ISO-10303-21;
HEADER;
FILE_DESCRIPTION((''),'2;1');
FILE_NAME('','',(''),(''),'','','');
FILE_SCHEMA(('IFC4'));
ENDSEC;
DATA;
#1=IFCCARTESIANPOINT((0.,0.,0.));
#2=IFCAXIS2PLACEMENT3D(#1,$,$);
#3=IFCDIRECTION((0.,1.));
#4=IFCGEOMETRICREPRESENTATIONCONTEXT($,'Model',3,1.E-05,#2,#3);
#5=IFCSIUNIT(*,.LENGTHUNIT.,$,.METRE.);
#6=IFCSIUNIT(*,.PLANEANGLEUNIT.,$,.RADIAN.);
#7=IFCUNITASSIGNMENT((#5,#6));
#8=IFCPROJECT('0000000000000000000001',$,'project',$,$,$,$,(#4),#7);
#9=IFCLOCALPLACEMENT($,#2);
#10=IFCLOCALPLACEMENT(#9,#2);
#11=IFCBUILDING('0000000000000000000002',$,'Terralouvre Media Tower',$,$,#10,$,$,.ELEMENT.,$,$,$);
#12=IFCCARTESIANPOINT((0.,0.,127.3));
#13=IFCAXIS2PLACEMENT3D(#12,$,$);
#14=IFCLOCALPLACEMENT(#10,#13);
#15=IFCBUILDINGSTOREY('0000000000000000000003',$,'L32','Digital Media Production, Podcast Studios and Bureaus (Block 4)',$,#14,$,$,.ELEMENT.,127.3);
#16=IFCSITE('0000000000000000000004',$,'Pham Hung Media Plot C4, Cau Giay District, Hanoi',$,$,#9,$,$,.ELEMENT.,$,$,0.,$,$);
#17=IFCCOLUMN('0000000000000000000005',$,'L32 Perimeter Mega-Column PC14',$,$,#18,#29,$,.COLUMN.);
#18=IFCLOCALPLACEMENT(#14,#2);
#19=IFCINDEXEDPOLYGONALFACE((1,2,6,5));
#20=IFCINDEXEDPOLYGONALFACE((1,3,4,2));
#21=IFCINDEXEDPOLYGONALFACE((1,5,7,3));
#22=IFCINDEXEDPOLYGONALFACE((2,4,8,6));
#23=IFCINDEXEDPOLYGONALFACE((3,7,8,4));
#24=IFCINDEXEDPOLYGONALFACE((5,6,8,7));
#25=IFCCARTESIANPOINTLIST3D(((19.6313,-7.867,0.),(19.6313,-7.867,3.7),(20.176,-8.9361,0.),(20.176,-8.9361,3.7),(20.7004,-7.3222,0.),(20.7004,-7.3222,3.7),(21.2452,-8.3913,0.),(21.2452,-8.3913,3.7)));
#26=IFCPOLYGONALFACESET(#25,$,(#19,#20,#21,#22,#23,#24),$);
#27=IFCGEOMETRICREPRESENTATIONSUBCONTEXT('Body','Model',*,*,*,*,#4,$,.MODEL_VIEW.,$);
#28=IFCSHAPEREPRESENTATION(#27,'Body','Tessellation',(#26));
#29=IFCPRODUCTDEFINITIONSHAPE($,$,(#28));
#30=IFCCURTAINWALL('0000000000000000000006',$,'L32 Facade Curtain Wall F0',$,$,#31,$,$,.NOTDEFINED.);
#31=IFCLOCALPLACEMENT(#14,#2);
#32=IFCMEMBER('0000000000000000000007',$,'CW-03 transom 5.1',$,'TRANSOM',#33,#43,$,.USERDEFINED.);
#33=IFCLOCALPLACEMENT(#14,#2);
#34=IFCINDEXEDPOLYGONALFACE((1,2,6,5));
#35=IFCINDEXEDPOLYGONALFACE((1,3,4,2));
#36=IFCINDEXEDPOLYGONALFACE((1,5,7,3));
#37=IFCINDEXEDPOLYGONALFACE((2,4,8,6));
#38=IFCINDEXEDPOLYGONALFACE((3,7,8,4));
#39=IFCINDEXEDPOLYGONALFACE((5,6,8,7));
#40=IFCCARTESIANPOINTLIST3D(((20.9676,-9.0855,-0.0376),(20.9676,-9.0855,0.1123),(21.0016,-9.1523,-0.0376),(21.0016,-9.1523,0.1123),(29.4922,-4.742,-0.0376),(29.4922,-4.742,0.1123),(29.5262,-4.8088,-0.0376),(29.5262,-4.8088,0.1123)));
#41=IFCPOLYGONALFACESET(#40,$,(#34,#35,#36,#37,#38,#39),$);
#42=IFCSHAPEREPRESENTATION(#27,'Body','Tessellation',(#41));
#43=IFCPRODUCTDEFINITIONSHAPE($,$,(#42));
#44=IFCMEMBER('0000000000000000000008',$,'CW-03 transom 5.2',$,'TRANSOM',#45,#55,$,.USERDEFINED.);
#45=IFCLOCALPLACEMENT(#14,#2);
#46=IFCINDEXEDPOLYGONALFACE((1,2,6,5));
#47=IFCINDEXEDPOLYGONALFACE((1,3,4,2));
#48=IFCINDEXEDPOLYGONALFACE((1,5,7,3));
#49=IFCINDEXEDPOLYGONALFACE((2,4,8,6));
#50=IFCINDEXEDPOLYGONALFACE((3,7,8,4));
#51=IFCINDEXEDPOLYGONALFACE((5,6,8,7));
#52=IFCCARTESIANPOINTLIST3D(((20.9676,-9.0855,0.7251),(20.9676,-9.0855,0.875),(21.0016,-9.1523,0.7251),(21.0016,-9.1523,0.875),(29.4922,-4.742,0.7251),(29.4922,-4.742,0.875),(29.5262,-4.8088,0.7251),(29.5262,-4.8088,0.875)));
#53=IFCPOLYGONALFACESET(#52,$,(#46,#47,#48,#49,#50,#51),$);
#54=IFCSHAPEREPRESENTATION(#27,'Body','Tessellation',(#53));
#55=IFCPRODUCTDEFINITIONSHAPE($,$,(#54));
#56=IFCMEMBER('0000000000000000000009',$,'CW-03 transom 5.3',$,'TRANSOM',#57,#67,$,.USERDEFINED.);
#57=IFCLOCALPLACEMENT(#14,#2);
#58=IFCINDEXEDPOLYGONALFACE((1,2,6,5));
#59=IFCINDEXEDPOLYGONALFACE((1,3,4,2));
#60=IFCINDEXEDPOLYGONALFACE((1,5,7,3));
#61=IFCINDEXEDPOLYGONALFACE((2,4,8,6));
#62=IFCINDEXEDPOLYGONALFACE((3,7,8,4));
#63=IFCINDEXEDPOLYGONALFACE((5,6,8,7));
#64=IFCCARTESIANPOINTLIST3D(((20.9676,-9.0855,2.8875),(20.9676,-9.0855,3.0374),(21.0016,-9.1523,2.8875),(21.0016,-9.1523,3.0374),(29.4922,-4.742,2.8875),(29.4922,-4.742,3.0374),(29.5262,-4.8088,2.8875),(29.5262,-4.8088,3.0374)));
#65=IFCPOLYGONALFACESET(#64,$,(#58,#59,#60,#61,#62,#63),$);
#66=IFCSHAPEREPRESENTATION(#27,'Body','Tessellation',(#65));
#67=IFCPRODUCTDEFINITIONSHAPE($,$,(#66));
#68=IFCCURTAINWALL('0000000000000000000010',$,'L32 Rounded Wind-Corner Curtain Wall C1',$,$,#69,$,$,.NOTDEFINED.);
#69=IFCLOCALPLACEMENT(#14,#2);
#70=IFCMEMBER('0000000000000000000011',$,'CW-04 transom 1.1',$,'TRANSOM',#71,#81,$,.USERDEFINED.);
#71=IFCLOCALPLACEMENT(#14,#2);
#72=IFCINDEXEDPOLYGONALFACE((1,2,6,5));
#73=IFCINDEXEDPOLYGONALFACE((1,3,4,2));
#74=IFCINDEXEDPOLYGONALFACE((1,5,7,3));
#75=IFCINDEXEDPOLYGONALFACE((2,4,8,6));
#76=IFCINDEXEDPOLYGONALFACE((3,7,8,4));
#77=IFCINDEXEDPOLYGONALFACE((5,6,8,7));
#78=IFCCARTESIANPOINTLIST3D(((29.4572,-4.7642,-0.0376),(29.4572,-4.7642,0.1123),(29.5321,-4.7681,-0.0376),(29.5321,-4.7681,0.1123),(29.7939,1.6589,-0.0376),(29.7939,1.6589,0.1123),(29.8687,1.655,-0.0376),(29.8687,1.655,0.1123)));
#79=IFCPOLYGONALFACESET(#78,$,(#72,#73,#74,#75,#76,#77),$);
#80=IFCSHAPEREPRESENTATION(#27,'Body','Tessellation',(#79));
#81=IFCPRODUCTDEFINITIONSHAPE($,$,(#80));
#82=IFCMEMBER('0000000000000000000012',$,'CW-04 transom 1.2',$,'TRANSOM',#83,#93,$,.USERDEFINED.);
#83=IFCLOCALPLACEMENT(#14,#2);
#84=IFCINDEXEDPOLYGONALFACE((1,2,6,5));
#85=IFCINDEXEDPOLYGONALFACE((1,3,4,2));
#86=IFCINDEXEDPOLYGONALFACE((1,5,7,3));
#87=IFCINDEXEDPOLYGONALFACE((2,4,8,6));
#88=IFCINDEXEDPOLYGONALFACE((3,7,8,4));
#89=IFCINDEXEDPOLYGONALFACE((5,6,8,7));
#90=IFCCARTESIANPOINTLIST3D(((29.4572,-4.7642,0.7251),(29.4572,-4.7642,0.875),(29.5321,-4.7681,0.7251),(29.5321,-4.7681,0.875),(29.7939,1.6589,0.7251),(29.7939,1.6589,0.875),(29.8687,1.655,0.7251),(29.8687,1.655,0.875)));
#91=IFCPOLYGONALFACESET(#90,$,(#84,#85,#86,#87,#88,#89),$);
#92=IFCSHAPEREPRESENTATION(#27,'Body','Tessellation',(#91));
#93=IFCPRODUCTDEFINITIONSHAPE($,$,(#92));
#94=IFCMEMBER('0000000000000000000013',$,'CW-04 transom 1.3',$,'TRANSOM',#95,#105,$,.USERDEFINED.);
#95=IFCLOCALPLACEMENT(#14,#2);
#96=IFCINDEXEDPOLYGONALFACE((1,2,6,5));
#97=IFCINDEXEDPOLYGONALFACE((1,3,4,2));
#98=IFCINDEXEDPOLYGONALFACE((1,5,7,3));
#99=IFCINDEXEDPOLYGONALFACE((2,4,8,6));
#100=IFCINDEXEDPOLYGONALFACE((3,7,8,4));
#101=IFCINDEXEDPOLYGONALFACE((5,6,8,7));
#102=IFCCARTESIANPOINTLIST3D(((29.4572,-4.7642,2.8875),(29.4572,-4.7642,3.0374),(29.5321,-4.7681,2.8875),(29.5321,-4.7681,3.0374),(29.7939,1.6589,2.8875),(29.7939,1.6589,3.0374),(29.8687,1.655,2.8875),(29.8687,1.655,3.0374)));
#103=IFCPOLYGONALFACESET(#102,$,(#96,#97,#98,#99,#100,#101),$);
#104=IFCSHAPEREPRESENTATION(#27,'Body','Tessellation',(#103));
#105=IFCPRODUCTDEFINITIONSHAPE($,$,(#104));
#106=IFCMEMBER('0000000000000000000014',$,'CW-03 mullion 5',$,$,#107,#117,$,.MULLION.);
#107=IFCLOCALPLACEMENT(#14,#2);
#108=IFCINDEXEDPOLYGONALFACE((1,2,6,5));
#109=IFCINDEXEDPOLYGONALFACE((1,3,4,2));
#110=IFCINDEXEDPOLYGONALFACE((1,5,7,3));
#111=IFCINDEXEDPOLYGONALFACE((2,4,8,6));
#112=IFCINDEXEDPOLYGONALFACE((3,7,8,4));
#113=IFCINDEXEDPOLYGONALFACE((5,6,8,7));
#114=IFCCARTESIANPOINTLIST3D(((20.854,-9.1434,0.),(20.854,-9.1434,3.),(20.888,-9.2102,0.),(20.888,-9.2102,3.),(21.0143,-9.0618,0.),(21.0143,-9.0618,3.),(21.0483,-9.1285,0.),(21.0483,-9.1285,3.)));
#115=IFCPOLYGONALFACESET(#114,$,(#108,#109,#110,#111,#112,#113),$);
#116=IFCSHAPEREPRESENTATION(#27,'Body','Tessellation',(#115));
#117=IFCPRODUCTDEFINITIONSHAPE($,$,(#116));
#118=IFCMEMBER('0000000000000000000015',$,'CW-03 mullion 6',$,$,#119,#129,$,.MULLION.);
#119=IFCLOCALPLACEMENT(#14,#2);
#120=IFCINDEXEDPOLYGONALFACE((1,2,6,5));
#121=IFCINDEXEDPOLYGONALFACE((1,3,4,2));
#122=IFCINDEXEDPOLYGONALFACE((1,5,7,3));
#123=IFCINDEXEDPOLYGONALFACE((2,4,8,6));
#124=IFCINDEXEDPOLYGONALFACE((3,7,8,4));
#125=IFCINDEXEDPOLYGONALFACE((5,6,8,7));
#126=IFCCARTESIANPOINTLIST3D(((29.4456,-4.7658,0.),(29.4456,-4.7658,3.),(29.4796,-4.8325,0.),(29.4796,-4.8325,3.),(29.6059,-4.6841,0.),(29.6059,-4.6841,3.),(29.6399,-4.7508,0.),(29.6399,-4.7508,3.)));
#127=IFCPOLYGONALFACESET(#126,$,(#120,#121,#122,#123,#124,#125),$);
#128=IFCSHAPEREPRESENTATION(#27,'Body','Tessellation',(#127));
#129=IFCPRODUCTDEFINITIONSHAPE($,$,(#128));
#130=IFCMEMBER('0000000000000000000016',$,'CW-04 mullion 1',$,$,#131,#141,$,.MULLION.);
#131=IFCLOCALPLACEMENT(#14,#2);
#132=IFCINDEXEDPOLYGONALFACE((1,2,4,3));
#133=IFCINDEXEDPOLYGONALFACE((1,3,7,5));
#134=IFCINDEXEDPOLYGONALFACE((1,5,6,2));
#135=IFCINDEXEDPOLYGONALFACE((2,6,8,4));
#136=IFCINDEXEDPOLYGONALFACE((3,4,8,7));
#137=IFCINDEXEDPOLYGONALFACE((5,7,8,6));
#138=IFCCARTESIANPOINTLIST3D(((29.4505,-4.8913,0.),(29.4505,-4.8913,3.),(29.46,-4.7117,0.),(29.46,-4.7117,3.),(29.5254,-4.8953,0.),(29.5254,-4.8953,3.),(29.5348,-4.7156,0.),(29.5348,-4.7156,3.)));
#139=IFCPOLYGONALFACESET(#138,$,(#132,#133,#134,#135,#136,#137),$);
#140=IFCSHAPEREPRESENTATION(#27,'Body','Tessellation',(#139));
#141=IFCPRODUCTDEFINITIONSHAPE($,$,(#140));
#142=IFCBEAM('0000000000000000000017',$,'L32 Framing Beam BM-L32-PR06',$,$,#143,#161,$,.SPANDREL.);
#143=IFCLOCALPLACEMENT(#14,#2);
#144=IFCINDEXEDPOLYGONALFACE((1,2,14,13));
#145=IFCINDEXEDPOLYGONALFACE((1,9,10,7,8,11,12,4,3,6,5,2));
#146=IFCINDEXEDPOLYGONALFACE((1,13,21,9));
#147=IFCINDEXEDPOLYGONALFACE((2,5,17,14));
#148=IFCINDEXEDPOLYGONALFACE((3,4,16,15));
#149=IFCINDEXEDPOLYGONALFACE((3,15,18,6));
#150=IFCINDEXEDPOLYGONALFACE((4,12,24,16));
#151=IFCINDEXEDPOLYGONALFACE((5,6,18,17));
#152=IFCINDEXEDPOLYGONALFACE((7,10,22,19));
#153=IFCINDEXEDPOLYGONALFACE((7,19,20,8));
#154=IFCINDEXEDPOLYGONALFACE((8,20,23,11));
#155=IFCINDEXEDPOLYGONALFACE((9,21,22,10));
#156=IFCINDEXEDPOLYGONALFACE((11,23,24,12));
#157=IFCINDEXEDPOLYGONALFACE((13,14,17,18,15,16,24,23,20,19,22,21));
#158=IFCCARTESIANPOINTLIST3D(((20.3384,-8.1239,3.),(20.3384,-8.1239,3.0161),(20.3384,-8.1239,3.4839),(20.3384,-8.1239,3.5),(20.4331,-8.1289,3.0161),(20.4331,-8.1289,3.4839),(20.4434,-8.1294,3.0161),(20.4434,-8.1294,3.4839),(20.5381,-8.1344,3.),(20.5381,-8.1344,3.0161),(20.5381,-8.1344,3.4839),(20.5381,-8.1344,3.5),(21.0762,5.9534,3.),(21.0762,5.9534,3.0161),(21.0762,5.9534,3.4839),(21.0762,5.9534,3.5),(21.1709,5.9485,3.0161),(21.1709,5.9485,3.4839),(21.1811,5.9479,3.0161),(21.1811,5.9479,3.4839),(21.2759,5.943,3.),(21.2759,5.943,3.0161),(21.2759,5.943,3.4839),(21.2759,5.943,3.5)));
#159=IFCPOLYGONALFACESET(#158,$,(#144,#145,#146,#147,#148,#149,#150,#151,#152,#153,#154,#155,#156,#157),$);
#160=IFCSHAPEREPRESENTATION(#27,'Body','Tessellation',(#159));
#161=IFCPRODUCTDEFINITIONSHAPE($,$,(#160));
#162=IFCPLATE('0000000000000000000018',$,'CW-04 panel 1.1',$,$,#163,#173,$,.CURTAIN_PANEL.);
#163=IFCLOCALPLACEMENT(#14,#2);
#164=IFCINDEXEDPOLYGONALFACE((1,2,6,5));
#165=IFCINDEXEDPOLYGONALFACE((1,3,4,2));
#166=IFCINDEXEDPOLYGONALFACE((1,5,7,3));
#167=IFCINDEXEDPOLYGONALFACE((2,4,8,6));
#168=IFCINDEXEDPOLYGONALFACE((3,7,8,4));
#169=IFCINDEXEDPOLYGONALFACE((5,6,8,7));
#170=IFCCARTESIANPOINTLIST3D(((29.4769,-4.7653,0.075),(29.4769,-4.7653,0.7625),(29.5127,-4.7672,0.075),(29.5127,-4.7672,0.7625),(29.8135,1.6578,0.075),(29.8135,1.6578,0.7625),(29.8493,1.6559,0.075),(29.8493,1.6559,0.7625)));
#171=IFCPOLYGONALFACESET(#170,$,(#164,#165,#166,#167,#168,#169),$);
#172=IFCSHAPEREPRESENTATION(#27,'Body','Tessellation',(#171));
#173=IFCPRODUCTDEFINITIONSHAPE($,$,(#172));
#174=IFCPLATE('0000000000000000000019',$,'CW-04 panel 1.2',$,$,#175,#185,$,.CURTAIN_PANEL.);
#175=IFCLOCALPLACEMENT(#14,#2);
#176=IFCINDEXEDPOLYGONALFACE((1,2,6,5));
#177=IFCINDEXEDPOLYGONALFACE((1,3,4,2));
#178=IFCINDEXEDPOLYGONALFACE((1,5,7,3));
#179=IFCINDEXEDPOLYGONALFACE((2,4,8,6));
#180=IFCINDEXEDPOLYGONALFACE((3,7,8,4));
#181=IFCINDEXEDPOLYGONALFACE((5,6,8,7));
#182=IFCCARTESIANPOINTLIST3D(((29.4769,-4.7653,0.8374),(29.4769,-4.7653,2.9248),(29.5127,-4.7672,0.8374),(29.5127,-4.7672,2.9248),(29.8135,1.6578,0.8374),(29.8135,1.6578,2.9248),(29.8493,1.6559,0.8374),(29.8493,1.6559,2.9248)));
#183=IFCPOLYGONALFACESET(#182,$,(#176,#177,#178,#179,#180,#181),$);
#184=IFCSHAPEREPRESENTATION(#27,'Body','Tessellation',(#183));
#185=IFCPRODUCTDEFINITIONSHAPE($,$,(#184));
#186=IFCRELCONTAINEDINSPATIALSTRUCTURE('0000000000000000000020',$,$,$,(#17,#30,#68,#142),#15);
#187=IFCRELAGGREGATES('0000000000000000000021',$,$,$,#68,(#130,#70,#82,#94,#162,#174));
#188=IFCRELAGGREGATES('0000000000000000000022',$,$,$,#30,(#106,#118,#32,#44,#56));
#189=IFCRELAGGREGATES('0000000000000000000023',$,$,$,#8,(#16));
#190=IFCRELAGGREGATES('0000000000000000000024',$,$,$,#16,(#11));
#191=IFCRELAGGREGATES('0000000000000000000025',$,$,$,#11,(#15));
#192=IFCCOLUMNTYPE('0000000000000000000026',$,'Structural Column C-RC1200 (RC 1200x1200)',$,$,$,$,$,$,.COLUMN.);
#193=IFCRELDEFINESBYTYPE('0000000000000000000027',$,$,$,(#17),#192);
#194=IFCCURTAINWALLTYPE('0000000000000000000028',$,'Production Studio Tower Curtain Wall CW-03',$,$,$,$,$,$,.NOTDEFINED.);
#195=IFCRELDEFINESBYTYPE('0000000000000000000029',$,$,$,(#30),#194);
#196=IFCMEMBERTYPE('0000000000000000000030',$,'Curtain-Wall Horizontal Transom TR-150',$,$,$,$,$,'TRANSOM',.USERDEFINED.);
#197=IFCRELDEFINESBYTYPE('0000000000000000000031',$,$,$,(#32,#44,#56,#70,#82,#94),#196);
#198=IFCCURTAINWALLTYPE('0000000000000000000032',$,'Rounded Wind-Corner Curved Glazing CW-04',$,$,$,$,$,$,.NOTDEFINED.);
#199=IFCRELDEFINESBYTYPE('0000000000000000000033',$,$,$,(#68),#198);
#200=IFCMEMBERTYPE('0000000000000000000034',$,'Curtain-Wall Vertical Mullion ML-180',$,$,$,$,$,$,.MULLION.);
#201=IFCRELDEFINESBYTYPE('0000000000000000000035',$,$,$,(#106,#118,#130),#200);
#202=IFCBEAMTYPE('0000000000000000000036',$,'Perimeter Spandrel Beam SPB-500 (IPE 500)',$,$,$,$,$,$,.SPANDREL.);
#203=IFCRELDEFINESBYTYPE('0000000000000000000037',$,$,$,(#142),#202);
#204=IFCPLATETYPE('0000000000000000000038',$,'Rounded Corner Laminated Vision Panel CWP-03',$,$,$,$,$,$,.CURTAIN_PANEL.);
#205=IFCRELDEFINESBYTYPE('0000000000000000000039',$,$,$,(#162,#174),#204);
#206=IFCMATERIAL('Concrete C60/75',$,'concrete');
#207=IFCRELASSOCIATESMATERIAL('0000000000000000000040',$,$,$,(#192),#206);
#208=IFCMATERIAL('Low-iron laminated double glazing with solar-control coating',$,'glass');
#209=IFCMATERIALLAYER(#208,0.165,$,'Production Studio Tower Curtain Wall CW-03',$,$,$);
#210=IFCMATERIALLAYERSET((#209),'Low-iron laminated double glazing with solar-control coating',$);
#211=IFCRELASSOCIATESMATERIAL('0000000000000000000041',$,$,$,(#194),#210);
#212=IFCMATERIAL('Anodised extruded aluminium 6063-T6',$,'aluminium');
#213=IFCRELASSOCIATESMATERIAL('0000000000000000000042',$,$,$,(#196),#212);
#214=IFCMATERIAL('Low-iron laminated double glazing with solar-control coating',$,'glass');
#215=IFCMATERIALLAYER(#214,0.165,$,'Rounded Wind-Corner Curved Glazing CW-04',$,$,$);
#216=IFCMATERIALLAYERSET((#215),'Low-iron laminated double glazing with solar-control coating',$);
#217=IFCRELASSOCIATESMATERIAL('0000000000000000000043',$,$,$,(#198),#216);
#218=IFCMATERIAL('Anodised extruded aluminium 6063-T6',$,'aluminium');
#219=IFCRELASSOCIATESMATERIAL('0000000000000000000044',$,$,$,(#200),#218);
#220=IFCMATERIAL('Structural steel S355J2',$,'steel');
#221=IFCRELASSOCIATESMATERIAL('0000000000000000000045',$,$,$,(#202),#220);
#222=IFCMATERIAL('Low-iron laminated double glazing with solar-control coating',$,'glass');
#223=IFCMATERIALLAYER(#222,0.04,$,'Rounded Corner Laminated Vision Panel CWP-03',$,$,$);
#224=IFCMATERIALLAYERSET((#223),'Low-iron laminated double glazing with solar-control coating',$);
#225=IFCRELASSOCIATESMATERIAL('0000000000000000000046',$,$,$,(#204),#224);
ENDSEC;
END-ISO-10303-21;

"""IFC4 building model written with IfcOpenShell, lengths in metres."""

from ifc_helpers import new_model, si_unit, direction, frame, origin, origin_2d, place, context, subcontext, project, spatial, rectangle, i_section, extrude, material, layer, layer_set, material_profile, profile_set, type_object, element, aggregate, save


model = new_model("IFC4")

# Units and contexts
model_context = context("Model", 3, precision=1e-05, world=origin(), true_north=direction((0.0, 1.0)))
body_context = subcontext(model_context, "Body", "Model", "MODEL_VIEW")
ifc_project = project(units=[si_unit("LENGTHUNIT", "METRE"), si_unit("PLANEANGLEUNIT", "RADIAN")], contexts=[model_context])

# Site, building, storey
site_placement = place(None, origin())
site = spatial("IfcSite", under=ifc_project, at=site_placement, Name="Pham Hung Media Plot C4, Cau Giay District, Hanoi", CompositionType="ELEMENT", RefElevation=0.0)
building_placement = place(site_placement, origin())
building = spatial("IfcBuilding", under=site, at=building_placement, Name="Terralouvre Media Tower", CompositionType="ELEMENT")
storey_placement = place(building_placement, frame((0.0, 0.0, 127.3)))
storey = spatial("IfcBuildingStorey", under=building, at=storey_placement, Name="L32", Description="Digital Media Production, Podcast Studios and Bureaus (Block 4)", CompositionType="ELEMENT", Elevation=127.3)

# Column
ifc_material_1 = material(Name="Concrete C60/75", Category="concrete")
ifc_material_profile_1 = material_profile(ifc_material_1, rectangle(XDim=1.2, YDim=1.2, at=origin_2d()), Name="RC 1200x1200")
ifc_profile_set_1 = profile_set([ifc_material_profile_1], Name="Concrete C60/75")
column_type = type_object("IfcColumnType", Name="Structural Column C-RC1200 (RC 1200x1200)", PredefinedType="COLUMN", material=ifc_profile_set_1)
column_placement = place(storey_placement, frame((20.4382, -8.1292, 0.0), z_axis=(0.0, 0.0, 1.0), x_axis=(0.891007, 0.45399, 0.0)))
element("IfcColumn", 1, at=column_placement, inside=storey, type_object=column_type, Name="L32 Perimeter Mega-Column PC14", PredefinedType="COLUMN", context=body_context, shape_type="SweptSolid", body=[
    extrude(rectangle(XDim=1.2, YDim=1.2, at=origin_2d()), origin(), (0.0, 0.0, 1.0), 3.7),
])

# Curtain walls, members
ifc_material_2 = material(Name="Low-iron laminated double glazing with solar-control coating", Category="glass")
ifc_layer_1 = layer(ifc_material_2, 0.165, Name="Production Studio Tower Curtain Wall CW-03")
ifc_layer_set_1 = layer_set([ifc_layer_1], Name="Low-iron laminated double glazing with solar-control coating")
curtain_wall_type_1 = type_object("IfcCurtainWallType", Name="Production Studio Tower Curtain Wall CW-03", PredefinedType="NOTDEFINED", material=ifc_layer_set_1)
curtain_wall_1_placement = place(storey_placement, origin())
curtain_wall_1 = element("IfcCurtainWall", 2, at=curtain_wall_1_placement, inside=storey, type_object=curtain_wall_type_1, Name="L32 Facade Curtain Wall F0", PredefinedType="NOTDEFINED")
ifc_material_3 = material(Name="Anodised extruded aluminium 6063-T6", Category="aluminium")
ifc_material_profile_2 = material_profile(ifc_material_3, rectangle(XDim=0.075, YDim=0.1499, at=origin_2d()), Name="ALU 75x150")
ifc_profile_set_2 = profile_set([ifc_material_profile_2], Name="Anodised extruded aluminium 6063-T6")
member_type_1 = type_object("IfcMemberType", Name="Curtain-Wall Horizontal Transom TR-150", ElementType="TRANSOM", PredefinedType="USERDEFINED", material=ifc_profile_set_2)
member_1_placement = place(storey_placement, frame((20.9846, -9.1189, 0.0374), z_axis=(0.891008, 0.453988, 0.0), x_axis=(-0.453988, 0.891008, 0.0)))
member_1 = element("IfcMember", 3, at=member_1_placement, type_object=member_type_1, Name="CW-03 transom 5.1", ObjectType="TRANSOM", PredefinedType="USERDEFINED", context=body_context, shape_type="SweptSolid", body=[
    extrude(rectangle(XDim=0.075, YDim=0.1499, at=origin_2d()), origin(), (0.0, 0.0, 1.0), 9.5674),
])
member_2_placement = place(storey_placement, frame((20.9846, -9.1189, 0.8), z_axis=(0.891008, 0.453988, 0.0), x_axis=(-0.453988, 0.891008, 0.0)))
member_2 = element("IfcMember", 4, at=member_2_placement, type_object=member_type_1, Name="CW-03 transom 5.2", ObjectType="TRANSOM", PredefinedType="USERDEFINED", context=body_context, shape_type="SweptSolid", body=[
    extrude(rectangle(XDim=0.075, YDim=0.1499, at=origin_2d()), origin(), (0.0, 0.0, 1.0), 9.5674),
])
member_3_placement = place(storey_placement, frame((20.9846, -9.1189, 2.9624), z_axis=(0.891008, 0.453988, 0.0), x_axis=(-0.453988, 0.891008, 0.0)))
member_3 = element("IfcMember", 5, at=member_3_placement, type_object=member_type_1, Name="CW-03 transom 5.3", ObjectType="TRANSOM", PredefinedType="USERDEFINED", context=body_context, shape_type="SweptSolid", body=[
    extrude(rectangle(XDim=0.075, YDim=0.1499, at=origin_2d()), origin(), (0.0, 0.0, 1.0), 9.5674),
])
ifc_material_4 = material(Name="Low-iron laminated double glazing with solar-control coating", Category="glass")
ifc_layer_2 = layer(ifc_material_4, 0.165, Name="Rounded Wind-Corner Curved Glazing CW-04")
ifc_layer_set_2 = layer_set([ifc_layer_2], Name="Low-iron laminated double glazing with solar-control coating")
curtain_wall_type_2 = type_object("IfcCurtainWallType", Name="Rounded Wind-Corner Curved Glazing CW-04", PredefinedType="NOTDEFINED", material=ifc_layer_set_2)
curtain_wall_2_placement = place(storey_placement, origin())
curtain_wall_2 = element("IfcCurtainWall", 6, at=curtain_wall_2_placement, inside=storey, type_object=curtain_wall_type_2, Name="L32 Rounded Wind-Corner Curtain Wall C1", PredefinedType="NOTDEFINED")
member_4_placement = place(storey_placement, frame((29.4946, -4.7661, 0.0374), z_axis=(0.052344, 0.998629, 0.0), x_axis=(-0.998629, 0.052344, 0.0)))
member_4 = element("IfcMember", 7, at=member_4_placement, type_object=member_type_1, Name="CW-04 transom 1.1", ObjectType="TRANSOM", PredefinedType="USERDEFINED", context=body_context, shape_type="SweptSolid", body=[
    extrude(rectangle(XDim=0.075, YDim=0.1499, at=origin_2d()), origin(), (0.0, 0.0, 1.0), 6.4319),
])
member_5_placement = place(storey_placement, frame((29.4946, -4.7661, 0.8), z_axis=(0.052344, 0.998629, 0.0), x_axis=(-0.998629, 0.052344, 0.0)))
member_5 = element("IfcMember", 8, at=member_5_placement, type_object=member_type_1, Name="CW-04 transom 1.2", ObjectType="TRANSOM", PredefinedType="USERDEFINED", context=body_context, shape_type="SweptSolid", body=[
    extrude(rectangle(XDim=0.075, YDim=0.1499, at=origin_2d()), origin(), (0.0, 0.0, 1.0), 6.4319),
])
member_6_placement = place(storey_placement, frame((29.4946, -4.7661, 2.9624), z_axis=(0.052344, 0.998629, 0.0), x_axis=(-0.998629, 0.052344, 0.0)))
member_6 = element("IfcMember", 9, at=member_6_placement, type_object=member_type_1, Name="CW-04 transom 1.3", ObjectType="TRANSOM", PredefinedType="USERDEFINED", context=body_context, shape_type="SweptSolid", body=[
    extrude(rectangle(XDim=0.075, YDim=0.1499, at=origin_2d()), origin(), (0.0, 0.0, 1.0), 6.4319),
])

# Members
ifc_material_5 = material(Name="Anodised extruded aluminium 6063-T6", Category="aluminium")
ifc_material_profile_3 = material_profile(ifc_material_5, rectangle(XDim=0.075, YDim=0.1799, at=origin_2d()), Name="ALU 75x180")
ifc_profile_set_3 = profile_set([ifc_material_profile_3], Name="Anodised extruded aluminium 6063-T6")
member_type_2 = type_object("IfcMemberType", Name="Curtain-Wall Vertical Mullion ML-180", PredefinedType="MULLION", material=ifc_profile_set_3)
member_7_placement = place(storey_placement, frame((20.9512, -9.136, 0.0), z_axis=(0.0, 0.0, 1.0), x_axis=(-0.453991, 0.891007, 0.0)))
member_7 = element("IfcMember", 10, at=member_7_placement, type_object=member_type_2, Name="CW-03 mullion 5", PredefinedType="MULLION", context=body_context, shape_type="SweptSolid", body=[
    extrude(rectangle(XDim=0.075, YDim=0.1799, at=origin_2d()), origin(), (0.0, 0.0, 1.0), 3.0),
])
member_8_placement = place(storey_placement, frame((29.5427, -4.7583, 0.0), z_axis=(0.0, 0.0, 1.0), x_axis=(-0.453991, 0.891007, 0.0)))
member_8 = element("IfcMember", 11, at=member_8_placement, type_object=member_type_2, Name="CW-03 mullion 6", PredefinedType="MULLION", context=body_context, shape_type="SweptSolid", body=[
    extrude(rectangle(XDim=0.075, YDim=0.1799, at=origin_2d()), origin(), (0.0, 0.0, 1.0), 3.0),
])
member_9_placement = place(storey_placement, frame((29.4927, -4.8035, 0.0), z_axis=(0.0, 0.0, 1.0), x_axis=(-0.998629, 0.052337, 0.0)))
member_9 = element("IfcMember", 12, at=member_9_placement, type_object=member_type_2, Name="CW-04 mullion 1", PredefinedType="MULLION", context=body_context, shape_type="SweptSolid", body=[
    extrude(rectangle(XDim=0.075, YDim=0.1799, at=origin_2d()), origin(), (0.0, 0.0, 1.0), 3.0),
])

# Beam
ifc_material_6 = material(Name="Structural steel S355J2", Category="steel")
ifc_material_profile_4 = material_profile(ifc_material_6, i_section(OverallWidth=0.2, OverallDepth=0.5, WebThickness=0.0103, FlangeThickness=0.0161, at=origin_2d()), Name="IPE 500")
ifc_profile_set_4 = profile_set([ifc_material_profile_4], Name="Structural steel S355J2")
beam_type = type_object("IfcBeamType", Name="Perimeter Spandrel Beam SPB-500 (IPE 500)", PredefinedType="SPANDREL", material=ifc_profile_set_4)
beam_placement = place(storey_placement, frame((20.4382, -8.1292, 3.25), z_axis=(0.052338, 0.998629, 0.0), x_axis=(-0.998629, 0.052338, 0.0)))
element("IfcBeam", 13, at=beam_placement, inside=storey, type_object=beam_type, Name="L32 Framing Beam BM-L32-PR06", PredefinedType="SPANDREL", context=body_context, shape_type="SweptSolid", body=[
    extrude(i_section(OverallWidth=0.2, OverallDepth=0.5, WebThickness=0.0103, FlangeThickness=0.0161, at=origin_2d()), origin(), (0.0, 0.0, 1.0), 14.0967),
])

# Plates
ifc_material_7 = material(Name="Low-iron laminated double glazing with solar-control coating", Category="glass")
ifc_layer_3 = layer(ifc_material_7, 0.04, Name="Rounded Corner Laminated Vision Panel CWP-03")
ifc_layer_set_3 = layer_set([ifc_layer_3], Name="Low-iron laminated double glazing with solar-control coating")
plate_type_1 = type_object("IfcPlateType", Name="Rounded Corner Laminated Vision Panel CWP-03", PredefinedType="CURTAIN_PANEL", material=ifc_layer_set_3)
plate_1_placement = place(storey_placement, frame((29.6631, -1.5547, 0.075), z_axis=(0.0, 0.0, 1.0), x_axis=(0.052337, 0.998629, 0.0)))
plate_1 = element("IfcPlate", 14, at=plate_1_placement, type_object=plate_type_1, Name="CW-04 panel 1.1", PredefinedType="CURTAIN_PANEL", context=body_context, shape_type="SweptSolid", body=[
    extrude(rectangle(XDim=6.4319, YDim=0.0359, at=origin_2d()), origin(), (0.0, 0.0, 1.0), 0.6875),
])
plate_2_placement = place(storey_placement, frame((29.6631, -1.5547, 0.8374), z_axis=(0.0, 0.0, 1.0), x_axis=(0.052337, 0.998629, 0.0)))
plate_2 = element("IfcPlate", 15, at=plate_2_placement, type_object=plate_type_1, Name="CW-04 panel 1.2", PredefinedType="CURTAIN_PANEL", context=body_context, shape_type="SweptSolid", body=[
    extrude(rectangle(XDim=6.4319, YDim=0.0359, at=origin_2d()), origin(), (0.0, 0.0, 1.0), 2.0874),
])
aggregate(curtain_wall_2, [member_9, member_4, member_5, member_6, plate_1, plate_2])
aggregate(curtain_wall_1, [member_7, member_8, member_1, member_2, member_3])

save(model, "model.ifc")
